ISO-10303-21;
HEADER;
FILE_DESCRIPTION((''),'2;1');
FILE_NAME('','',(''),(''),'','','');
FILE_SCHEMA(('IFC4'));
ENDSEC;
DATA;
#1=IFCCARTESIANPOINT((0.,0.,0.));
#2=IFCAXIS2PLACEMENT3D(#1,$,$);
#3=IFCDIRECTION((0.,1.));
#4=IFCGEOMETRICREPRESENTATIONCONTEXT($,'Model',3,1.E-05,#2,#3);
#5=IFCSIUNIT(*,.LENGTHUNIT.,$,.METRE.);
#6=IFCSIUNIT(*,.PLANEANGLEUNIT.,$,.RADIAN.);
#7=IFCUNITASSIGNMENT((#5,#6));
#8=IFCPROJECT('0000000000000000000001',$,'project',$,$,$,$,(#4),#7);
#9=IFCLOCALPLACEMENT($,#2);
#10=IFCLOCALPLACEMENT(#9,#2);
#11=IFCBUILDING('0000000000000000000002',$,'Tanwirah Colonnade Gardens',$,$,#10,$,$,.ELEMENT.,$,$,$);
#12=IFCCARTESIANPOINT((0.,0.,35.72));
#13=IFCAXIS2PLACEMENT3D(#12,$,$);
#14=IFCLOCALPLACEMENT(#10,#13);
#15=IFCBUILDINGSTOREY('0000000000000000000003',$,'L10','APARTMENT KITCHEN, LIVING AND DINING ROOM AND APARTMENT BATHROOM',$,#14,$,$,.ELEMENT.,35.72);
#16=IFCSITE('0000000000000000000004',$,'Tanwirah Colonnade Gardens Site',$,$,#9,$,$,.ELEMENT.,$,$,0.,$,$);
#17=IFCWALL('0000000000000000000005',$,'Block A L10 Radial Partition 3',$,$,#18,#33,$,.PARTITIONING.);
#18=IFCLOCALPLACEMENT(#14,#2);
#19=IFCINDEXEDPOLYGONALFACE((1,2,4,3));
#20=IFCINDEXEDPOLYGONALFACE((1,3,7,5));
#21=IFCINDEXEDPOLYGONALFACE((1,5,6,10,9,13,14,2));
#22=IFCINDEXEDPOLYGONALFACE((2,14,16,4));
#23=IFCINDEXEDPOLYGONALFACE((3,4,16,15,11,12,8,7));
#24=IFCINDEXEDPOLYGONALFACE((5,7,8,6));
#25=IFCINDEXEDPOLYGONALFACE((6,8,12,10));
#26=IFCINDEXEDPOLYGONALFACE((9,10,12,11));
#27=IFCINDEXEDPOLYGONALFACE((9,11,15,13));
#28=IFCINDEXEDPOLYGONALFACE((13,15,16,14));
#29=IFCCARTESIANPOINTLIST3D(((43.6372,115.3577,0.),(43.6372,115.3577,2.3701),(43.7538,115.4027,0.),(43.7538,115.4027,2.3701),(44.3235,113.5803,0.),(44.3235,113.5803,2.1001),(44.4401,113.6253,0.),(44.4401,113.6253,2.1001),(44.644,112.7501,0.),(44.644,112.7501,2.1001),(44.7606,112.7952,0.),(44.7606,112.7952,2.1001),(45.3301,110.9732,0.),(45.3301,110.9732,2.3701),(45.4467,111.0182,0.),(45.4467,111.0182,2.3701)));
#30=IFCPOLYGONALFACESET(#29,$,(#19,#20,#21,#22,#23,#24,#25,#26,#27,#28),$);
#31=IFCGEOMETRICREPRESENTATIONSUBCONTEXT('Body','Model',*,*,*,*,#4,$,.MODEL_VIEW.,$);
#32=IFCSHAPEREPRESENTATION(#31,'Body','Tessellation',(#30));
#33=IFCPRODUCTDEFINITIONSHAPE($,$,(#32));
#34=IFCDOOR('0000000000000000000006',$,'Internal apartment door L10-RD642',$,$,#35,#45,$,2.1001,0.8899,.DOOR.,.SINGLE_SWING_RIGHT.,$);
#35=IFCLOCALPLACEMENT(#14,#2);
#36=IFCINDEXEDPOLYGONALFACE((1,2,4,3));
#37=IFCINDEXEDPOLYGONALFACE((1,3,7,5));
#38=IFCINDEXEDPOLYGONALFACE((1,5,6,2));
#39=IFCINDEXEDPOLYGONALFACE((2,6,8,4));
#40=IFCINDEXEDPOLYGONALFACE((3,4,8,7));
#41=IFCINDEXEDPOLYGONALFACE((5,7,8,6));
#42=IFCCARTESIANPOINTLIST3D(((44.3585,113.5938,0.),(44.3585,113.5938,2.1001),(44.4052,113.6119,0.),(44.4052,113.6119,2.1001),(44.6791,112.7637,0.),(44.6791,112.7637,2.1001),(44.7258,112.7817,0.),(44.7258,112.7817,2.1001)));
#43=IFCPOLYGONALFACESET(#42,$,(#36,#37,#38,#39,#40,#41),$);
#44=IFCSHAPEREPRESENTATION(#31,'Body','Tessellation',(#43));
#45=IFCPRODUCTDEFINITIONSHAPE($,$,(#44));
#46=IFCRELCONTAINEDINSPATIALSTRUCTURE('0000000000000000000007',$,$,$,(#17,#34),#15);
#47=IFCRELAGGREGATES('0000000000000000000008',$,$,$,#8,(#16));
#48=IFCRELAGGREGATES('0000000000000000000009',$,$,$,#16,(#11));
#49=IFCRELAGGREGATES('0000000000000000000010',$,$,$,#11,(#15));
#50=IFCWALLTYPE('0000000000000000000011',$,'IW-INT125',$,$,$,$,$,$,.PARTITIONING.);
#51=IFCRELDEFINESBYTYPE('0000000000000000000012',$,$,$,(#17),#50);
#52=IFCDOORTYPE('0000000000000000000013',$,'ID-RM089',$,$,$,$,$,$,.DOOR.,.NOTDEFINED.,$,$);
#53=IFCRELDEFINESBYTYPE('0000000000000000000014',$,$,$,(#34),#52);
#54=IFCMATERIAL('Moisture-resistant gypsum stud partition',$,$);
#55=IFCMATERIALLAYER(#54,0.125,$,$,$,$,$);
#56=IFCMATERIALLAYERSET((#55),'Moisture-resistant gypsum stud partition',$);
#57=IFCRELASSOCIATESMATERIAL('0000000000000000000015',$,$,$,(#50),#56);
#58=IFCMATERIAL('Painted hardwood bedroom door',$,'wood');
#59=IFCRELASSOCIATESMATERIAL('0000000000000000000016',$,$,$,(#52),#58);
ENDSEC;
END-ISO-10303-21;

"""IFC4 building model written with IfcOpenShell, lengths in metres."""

from ifc_helpers import new_model, si_unit, direction, frame, frame_2d, origin, place, context, subcontext, project, spatial, rectangle, extrude, material, layer, layer_set, type_object, element, fill, save


model = new_model("IFC4")

# Units and contexts
model_context = context("Model", 3, precision=1e-05, world=origin(), true_north=direction((0.0, 1.0)))
body_context = subcontext(model_context, "Body", "Model", "MODEL_VIEW")
ifc_project = project(units=[si_unit("LENGTHUNIT", "METRE"), si_unit("PLANEANGLEUNIT", "RADIAN")], contexts=[model_context])

# Site, building, storey
site_placement = place(None, origin())
site = spatial("IfcSite", under=ifc_project, at=site_placement, Name="Tanwirah Colonnade Gardens Site", CompositionType="ELEMENT", RefElevation=0.0)
building_placement = place(site_placement, origin())
building = spatial("IfcBuilding", under=site, at=building_placement, Name="Tanwirah Colonnade Gardens", CompositionType="ELEMENT")
storey_placement = place(building_placement, frame((0.0, 0.0, 35.72)))
storey = spatial("IfcBuildingStorey", under=building, at=storey_placement, Name="L10", Description="APARTMENT KITCHEN, LIVING AND DINING ROOM AND APARTMENT BATHROOM", CompositionType="ELEMENT", Elevation=35.72)

# Wall, opening, door
ifc_material_1 = material(Name="Moisture-resistant gypsum stud partition")
ifc_layer_1 = layer(ifc_material_1, 0.125)
ifc_layer_set_1 = layer_set([ifc_layer_1], Name="Moisture-resistant gypsum stud partition")
wall_type_1 = type_object("IfcWallType", Name="IW-INT125", PredefinedType="PARTITIONING", material=ifc_layer_set_1)
wall_1_placement = place(storey_placement, frame((45.3884, 110.9956, 0.0), z_axis=(0.0, 0.0, 1.0), x_axis=(-0.360187, 0.93288, 0.0)))
wall_1 = element("IfcWall", 1, at=wall_1_placement, inside=storey, type_object=wall_type_1, Name="Block A L10 Radial Partition 3", PredefinedType="PARTITIONING", context=body_context, shape_type="SweptSolid", body=[
    extrude(rectangle(XDim=4.7, YDim=0.125, at=frame_2d((2.3501, 0.0))), origin(), (0.0, 0.0, 1.0), 2.3701),
])
opening_1_placement = place(wall_1_placement, frame((1.905, 0.0, 0.0)))
opening_1 = element("IfcOpeningElement", 2, at=opening_1_placement, cuts=wall_1, PredefinedType="OPENING", context=body_context, shape_type="SweptSolid", body=[
    extrude(rectangle(XDim=0.8899, YDim=2.1001, at=frame_2d((0.4448, 1.05))), frame((0.0, 0.0725, 0.0), z_axis=(0.0, -1.0, 0.0), x_axis=(1.0, 0.0, 0.0)), (0.0, 0.0, 1.0), 0.145),
])
ifc_material_2 = material(Name="Painted hardwood bedroom door", Category="wood")
door_type_1 = type_object("IfcDoorType", Name="ID-RM089", OperationType="NOTDEFINED", PredefinedType="DOOR", material=ifc_material_2)
door_1_placement = place(opening_1_placement, origin())
door_1 = element("IfcDoor", 3, at=door_1_placement, inside=storey, type_object=door_type_1, Name="Internal apartment door L10-RD642", OperationType="SINGLE_SWING_RIGHT", OverallHeight=2.1001, OverallWidth=0.8899, PredefinedType="DOOR", context=body_context, shape_type="SweptSolid", body=[
    extrude(rectangle(XDim=0.8899, YDim=2.1001, at=frame_2d((0.4448, 1.05))), frame((0.0, 0.0249, 0.0), z_axis=(0.0, -1.0, 0.0), x_axis=(1.0, 0.0, 0.0)), (0.0, 0.0, 1.0), 0.05),
])
fill(opening_1, door_1)

save(model, "model.ifc")
